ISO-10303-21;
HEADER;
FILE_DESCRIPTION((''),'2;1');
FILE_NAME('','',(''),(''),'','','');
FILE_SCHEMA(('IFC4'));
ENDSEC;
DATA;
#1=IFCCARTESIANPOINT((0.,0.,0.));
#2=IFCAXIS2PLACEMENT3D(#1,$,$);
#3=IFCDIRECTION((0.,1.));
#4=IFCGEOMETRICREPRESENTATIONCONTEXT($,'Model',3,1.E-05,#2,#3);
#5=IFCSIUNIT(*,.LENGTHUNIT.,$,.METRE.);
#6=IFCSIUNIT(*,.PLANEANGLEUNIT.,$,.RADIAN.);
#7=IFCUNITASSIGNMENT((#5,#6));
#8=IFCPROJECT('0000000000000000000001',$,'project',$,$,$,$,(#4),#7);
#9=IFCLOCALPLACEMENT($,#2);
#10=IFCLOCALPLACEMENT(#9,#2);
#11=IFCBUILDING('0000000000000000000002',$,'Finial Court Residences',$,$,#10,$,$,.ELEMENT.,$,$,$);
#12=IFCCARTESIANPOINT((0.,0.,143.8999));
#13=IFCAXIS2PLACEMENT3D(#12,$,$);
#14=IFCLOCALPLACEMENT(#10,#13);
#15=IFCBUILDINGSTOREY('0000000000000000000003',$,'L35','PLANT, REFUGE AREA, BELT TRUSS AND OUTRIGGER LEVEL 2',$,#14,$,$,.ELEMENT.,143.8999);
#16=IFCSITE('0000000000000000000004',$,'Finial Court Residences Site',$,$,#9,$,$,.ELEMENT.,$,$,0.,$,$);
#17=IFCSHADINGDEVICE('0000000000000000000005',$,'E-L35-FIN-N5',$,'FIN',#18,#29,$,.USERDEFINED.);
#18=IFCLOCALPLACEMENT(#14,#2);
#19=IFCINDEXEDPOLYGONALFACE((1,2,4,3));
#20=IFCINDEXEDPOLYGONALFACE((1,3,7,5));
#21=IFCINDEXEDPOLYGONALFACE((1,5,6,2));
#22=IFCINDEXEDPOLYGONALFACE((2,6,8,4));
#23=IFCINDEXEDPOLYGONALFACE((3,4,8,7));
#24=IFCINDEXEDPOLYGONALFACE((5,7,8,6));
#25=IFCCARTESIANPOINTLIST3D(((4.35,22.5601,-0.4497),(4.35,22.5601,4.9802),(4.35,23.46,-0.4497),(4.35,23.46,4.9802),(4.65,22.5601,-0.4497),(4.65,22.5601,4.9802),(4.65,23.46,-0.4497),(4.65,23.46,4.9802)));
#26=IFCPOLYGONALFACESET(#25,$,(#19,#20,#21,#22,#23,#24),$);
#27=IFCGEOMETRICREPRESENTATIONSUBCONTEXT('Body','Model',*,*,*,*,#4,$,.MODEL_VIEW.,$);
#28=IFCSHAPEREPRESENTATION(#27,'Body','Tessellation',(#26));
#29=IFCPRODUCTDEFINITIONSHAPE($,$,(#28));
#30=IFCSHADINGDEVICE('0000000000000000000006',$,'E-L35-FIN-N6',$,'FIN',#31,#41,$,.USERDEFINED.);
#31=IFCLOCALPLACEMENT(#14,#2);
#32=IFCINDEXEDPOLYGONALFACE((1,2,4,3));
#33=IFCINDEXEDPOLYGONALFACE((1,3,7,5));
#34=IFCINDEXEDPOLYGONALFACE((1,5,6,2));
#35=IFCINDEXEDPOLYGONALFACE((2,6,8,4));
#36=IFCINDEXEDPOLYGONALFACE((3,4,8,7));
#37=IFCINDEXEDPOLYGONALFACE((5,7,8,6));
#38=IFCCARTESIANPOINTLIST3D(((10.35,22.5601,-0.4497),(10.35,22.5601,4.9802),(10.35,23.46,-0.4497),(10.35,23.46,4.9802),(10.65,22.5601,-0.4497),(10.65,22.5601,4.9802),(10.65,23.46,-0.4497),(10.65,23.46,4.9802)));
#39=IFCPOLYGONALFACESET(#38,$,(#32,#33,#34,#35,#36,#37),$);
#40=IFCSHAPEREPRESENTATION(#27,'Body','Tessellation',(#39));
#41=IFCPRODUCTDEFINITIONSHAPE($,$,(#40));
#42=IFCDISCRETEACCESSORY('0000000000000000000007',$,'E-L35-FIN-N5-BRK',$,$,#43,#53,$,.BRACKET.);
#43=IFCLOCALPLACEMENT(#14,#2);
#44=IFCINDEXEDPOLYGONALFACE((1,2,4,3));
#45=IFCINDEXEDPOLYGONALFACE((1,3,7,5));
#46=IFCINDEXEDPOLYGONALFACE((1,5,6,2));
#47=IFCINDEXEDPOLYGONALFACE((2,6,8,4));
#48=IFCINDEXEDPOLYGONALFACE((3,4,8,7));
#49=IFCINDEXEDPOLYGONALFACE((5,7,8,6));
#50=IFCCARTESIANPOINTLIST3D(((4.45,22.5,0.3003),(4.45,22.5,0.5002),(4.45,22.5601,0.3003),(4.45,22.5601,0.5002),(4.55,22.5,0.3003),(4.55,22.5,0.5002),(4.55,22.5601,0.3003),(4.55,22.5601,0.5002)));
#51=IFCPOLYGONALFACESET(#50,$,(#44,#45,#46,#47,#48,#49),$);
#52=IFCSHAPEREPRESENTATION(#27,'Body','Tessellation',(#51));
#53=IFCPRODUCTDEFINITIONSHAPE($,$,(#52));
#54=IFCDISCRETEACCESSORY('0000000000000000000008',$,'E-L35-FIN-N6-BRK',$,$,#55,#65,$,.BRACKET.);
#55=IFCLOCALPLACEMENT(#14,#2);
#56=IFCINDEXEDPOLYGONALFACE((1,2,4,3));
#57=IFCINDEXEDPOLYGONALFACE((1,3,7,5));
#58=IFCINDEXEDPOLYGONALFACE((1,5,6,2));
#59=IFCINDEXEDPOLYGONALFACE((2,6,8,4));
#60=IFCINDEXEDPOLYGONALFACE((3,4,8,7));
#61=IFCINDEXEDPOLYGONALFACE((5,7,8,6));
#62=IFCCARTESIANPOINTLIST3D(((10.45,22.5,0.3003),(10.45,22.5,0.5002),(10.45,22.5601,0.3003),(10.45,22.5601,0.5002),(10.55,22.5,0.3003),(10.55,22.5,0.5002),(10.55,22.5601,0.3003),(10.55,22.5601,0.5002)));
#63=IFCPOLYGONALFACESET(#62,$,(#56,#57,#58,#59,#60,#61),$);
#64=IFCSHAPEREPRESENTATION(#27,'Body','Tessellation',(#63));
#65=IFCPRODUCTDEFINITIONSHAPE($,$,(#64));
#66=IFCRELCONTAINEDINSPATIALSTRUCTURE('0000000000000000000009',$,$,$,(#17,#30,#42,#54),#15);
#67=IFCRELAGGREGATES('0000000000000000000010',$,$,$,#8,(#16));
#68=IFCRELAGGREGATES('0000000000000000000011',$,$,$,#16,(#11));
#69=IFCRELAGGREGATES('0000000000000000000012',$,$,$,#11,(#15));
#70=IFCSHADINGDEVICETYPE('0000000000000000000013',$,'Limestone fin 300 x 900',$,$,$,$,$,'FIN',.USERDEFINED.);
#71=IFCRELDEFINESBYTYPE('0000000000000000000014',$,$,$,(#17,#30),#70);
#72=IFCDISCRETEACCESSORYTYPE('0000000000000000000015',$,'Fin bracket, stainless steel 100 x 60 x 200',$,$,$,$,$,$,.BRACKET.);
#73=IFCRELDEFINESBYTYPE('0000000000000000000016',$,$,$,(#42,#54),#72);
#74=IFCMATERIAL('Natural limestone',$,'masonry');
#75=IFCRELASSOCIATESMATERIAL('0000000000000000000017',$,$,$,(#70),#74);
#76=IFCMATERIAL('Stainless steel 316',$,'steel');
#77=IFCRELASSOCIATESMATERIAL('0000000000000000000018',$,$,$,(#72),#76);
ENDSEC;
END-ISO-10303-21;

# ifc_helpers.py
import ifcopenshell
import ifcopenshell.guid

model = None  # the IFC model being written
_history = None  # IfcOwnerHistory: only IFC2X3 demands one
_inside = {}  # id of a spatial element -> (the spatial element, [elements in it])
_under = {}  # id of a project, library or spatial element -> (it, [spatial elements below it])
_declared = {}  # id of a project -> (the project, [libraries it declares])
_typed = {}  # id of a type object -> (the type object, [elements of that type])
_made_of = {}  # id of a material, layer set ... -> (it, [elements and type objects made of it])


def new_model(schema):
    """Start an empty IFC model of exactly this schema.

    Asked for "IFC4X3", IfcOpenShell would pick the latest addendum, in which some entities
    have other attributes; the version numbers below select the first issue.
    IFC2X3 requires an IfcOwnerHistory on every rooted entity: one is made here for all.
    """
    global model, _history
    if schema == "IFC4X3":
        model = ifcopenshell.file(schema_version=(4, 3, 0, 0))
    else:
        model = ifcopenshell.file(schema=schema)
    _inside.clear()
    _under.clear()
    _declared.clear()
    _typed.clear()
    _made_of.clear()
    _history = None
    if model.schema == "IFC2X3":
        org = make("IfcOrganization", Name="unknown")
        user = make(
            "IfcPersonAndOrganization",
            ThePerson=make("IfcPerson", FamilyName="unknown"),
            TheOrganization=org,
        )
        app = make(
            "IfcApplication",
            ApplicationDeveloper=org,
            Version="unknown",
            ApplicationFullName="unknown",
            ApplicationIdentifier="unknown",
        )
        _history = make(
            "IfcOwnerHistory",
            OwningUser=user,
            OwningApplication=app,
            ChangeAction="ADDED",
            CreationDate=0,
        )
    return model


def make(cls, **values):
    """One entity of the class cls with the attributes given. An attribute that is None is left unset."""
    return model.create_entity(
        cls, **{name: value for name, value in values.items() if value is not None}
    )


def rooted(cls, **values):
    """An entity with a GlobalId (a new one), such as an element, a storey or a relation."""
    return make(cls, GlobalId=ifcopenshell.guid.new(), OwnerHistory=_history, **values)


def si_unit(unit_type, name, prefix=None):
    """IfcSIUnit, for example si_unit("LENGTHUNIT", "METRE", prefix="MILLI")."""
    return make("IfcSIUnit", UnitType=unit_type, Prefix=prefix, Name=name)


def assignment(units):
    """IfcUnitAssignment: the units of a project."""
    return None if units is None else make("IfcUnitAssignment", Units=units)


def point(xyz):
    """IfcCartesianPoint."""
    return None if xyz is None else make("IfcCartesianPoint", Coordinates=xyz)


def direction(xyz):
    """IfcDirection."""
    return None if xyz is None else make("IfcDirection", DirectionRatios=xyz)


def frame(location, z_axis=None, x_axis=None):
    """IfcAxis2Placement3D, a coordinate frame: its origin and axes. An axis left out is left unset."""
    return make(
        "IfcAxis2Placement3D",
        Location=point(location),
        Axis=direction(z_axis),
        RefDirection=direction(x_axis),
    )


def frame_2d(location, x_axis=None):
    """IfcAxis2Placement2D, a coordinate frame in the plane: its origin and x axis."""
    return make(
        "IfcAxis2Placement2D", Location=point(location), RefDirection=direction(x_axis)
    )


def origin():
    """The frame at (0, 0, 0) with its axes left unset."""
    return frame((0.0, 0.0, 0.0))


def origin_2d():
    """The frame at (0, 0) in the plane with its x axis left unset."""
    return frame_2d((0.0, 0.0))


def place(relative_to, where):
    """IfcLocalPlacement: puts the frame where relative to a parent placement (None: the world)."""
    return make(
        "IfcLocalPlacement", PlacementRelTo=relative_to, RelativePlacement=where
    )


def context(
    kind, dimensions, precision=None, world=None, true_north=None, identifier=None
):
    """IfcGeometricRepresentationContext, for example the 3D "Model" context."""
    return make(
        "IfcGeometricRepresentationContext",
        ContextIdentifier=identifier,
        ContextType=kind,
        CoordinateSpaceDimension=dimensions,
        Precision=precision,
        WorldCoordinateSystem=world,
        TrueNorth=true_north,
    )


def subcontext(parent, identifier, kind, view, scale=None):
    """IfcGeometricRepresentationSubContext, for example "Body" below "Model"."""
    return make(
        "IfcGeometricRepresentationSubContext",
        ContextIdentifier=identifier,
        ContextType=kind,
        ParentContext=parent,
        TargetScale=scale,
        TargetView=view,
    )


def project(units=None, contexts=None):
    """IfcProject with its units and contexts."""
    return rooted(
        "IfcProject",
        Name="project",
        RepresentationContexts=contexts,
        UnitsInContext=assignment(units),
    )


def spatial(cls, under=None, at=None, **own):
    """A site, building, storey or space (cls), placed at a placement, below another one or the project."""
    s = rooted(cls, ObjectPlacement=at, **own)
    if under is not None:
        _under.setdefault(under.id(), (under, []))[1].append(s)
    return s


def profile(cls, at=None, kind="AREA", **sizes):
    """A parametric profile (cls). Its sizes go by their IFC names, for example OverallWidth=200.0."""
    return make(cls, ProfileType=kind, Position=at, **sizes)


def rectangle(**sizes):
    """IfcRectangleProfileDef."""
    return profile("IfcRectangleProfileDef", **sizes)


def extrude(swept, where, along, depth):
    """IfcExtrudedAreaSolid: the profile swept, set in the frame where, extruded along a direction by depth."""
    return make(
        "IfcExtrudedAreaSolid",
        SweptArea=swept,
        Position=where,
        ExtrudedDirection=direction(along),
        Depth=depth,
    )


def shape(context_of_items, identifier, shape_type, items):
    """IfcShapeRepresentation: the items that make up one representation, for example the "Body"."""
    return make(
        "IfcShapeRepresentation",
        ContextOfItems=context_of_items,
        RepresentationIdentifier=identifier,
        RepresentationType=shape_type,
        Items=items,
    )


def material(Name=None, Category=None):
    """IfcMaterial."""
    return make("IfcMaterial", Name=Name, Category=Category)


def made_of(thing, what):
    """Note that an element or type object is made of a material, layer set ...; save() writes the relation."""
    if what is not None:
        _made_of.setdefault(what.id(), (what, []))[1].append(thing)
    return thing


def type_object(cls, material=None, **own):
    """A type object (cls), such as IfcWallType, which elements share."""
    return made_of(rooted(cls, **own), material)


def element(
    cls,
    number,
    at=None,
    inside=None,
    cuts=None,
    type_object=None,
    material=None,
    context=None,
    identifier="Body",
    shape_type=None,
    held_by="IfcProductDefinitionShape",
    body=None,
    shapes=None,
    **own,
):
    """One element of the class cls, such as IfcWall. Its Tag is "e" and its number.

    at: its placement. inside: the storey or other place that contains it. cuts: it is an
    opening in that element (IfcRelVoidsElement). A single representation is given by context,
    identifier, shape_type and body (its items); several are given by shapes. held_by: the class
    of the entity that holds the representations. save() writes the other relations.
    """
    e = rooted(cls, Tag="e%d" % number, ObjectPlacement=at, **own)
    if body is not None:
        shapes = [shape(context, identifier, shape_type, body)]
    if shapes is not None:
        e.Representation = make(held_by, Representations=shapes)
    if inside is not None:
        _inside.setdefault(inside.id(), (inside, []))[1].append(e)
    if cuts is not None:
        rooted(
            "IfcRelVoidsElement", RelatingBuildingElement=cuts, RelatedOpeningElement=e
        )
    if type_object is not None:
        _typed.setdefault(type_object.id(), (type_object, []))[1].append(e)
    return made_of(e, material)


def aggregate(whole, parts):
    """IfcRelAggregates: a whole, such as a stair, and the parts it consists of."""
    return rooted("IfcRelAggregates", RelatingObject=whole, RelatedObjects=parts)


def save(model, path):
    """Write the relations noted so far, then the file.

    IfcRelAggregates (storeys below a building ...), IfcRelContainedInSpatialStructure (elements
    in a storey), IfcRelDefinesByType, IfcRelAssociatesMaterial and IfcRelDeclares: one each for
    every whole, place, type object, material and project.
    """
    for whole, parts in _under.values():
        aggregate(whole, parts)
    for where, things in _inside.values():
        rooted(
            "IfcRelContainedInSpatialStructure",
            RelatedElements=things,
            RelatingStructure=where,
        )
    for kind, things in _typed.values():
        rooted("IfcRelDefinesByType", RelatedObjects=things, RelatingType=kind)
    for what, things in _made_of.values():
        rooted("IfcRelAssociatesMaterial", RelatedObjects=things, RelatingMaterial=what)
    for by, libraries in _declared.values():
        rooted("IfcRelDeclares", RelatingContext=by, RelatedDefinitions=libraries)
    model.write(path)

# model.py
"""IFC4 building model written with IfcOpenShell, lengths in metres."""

from ifc_helpers import new_model, si_unit, direction, frame, origin, origin_2d, place, context, subcontext, project, spatial, rectangle, extrude, material, type_object, element, save


model = new_model("IFC4")

# Units and contexts
model_context = context("Model", 3, precision=1e-05, world=origin(), true_north=direction((0.0, 1.0)))
body_context = subcontext(model_context, "Body", "Model", "MODEL_VIEW")
ifc_project = project(units=[si_unit("LENGTHUNIT", "METRE"), si_unit("PLANEANGLEUNIT", "RADIAN")], contexts=[model_context])

# Site, building, storey
site_placement = place(None, origin())
site = spatial("IfcSite", under=ifc_project, at=site_placement, Name="Finial Court Residences Site", CompositionType="ELEMENT", RefElevation=0.0)
building_placement = place(site_placement, origin())
building = spatial("IfcBuilding", under=site, at=building_placement, Name="Finial Court Residences", CompositionType="ELEMENT")
storey_placement = place(building_placement, frame((0.0, 0.0, 143.8999)))
storey = spatial("IfcBuildingStorey", under=building, at=storey_placement, Name="L35", Description="PLANT, REFUGE AREA, BELT TRUSS AND OUTRIGGER LEVEL 2", CompositionType="ELEMENT", Elevation=143.8999)

# Shading devices
ifc_material_1 = material(Name="Natural limestone", Category="masonry")
shading_device_type = type_object("IfcShadingDeviceType", Name="Limestone fin 300 x 900", ElementType="FIN", PredefinedType="USERDEFINED", material=ifc_material_1)
for number, where, z_axis, x_axis, name in (
    (1, (4.5, 23.01, -0.4497), (0.0, 0.0, 1.0), (1.0, 0.0, 0.0), "E-L35-FIN-N5"),
    (2, (10.5, 23.01, -0.4497), (0.0, 0.0, 1.0), (1.0, 0.0, 0.0), "E-L35-FIN-N6"),
):
    element("IfcShadingDevice", number, at=place(storey_placement, frame(where, z_axis=z_axis, x_axis=x_axis)), inside=storey, type_object=shading_device_type, Name=name, ObjectType="FIN", PredefinedType="USERDEFINED", context=body_context, shape_type="SweptSolid", body=[
        extrude(rectangle(XDim=0.3, YDim=0.8999, at=origin_2d()), origin(), (0.0, 0.0, 1.0), 5.4299),
    ])

# Discrete accessories
ifc_material_2 = material(Name="Stainless steel 316", Category="steel")
discrete_accessory_type = type_object("IfcDiscreteAccessoryType", Name="Fin bracket, stainless steel 100 x 60 x 200", PredefinedType="BRACKET", material=ifc_material_2)
for number, where, z_axis, x_axis, name in (
    (3, (4.5, 22.53, 0.3003), (0.0, 0.0, 1.0), (1.0, 0.0, 0.0), "E-L35-FIN-N5-BRK"),
    (4, (10.5, 22.53, 0.3003), (0.0, 0.0, 1.0), (1.0, 0.0, 0.0), "E-L35-FIN-N6-BRK"),
):
    element("IfcDiscreteAccessory", number, at=place(storey_placement, frame(where, z_axis=z_axis, x_axis=x_axis)), inside=storey, type_object=discrete_accessory_type, Name=name, PredefinedType="BRACKET", context=body_context, shape_type="SweptSolid", body=[
        extrude(rectangle(XDim=0.1001, YDim=0.0601, at=origin_2d()), origin(), (0.0, 0.0, 1.0), 0.2),
    ])

save(model, "model.ifc")
